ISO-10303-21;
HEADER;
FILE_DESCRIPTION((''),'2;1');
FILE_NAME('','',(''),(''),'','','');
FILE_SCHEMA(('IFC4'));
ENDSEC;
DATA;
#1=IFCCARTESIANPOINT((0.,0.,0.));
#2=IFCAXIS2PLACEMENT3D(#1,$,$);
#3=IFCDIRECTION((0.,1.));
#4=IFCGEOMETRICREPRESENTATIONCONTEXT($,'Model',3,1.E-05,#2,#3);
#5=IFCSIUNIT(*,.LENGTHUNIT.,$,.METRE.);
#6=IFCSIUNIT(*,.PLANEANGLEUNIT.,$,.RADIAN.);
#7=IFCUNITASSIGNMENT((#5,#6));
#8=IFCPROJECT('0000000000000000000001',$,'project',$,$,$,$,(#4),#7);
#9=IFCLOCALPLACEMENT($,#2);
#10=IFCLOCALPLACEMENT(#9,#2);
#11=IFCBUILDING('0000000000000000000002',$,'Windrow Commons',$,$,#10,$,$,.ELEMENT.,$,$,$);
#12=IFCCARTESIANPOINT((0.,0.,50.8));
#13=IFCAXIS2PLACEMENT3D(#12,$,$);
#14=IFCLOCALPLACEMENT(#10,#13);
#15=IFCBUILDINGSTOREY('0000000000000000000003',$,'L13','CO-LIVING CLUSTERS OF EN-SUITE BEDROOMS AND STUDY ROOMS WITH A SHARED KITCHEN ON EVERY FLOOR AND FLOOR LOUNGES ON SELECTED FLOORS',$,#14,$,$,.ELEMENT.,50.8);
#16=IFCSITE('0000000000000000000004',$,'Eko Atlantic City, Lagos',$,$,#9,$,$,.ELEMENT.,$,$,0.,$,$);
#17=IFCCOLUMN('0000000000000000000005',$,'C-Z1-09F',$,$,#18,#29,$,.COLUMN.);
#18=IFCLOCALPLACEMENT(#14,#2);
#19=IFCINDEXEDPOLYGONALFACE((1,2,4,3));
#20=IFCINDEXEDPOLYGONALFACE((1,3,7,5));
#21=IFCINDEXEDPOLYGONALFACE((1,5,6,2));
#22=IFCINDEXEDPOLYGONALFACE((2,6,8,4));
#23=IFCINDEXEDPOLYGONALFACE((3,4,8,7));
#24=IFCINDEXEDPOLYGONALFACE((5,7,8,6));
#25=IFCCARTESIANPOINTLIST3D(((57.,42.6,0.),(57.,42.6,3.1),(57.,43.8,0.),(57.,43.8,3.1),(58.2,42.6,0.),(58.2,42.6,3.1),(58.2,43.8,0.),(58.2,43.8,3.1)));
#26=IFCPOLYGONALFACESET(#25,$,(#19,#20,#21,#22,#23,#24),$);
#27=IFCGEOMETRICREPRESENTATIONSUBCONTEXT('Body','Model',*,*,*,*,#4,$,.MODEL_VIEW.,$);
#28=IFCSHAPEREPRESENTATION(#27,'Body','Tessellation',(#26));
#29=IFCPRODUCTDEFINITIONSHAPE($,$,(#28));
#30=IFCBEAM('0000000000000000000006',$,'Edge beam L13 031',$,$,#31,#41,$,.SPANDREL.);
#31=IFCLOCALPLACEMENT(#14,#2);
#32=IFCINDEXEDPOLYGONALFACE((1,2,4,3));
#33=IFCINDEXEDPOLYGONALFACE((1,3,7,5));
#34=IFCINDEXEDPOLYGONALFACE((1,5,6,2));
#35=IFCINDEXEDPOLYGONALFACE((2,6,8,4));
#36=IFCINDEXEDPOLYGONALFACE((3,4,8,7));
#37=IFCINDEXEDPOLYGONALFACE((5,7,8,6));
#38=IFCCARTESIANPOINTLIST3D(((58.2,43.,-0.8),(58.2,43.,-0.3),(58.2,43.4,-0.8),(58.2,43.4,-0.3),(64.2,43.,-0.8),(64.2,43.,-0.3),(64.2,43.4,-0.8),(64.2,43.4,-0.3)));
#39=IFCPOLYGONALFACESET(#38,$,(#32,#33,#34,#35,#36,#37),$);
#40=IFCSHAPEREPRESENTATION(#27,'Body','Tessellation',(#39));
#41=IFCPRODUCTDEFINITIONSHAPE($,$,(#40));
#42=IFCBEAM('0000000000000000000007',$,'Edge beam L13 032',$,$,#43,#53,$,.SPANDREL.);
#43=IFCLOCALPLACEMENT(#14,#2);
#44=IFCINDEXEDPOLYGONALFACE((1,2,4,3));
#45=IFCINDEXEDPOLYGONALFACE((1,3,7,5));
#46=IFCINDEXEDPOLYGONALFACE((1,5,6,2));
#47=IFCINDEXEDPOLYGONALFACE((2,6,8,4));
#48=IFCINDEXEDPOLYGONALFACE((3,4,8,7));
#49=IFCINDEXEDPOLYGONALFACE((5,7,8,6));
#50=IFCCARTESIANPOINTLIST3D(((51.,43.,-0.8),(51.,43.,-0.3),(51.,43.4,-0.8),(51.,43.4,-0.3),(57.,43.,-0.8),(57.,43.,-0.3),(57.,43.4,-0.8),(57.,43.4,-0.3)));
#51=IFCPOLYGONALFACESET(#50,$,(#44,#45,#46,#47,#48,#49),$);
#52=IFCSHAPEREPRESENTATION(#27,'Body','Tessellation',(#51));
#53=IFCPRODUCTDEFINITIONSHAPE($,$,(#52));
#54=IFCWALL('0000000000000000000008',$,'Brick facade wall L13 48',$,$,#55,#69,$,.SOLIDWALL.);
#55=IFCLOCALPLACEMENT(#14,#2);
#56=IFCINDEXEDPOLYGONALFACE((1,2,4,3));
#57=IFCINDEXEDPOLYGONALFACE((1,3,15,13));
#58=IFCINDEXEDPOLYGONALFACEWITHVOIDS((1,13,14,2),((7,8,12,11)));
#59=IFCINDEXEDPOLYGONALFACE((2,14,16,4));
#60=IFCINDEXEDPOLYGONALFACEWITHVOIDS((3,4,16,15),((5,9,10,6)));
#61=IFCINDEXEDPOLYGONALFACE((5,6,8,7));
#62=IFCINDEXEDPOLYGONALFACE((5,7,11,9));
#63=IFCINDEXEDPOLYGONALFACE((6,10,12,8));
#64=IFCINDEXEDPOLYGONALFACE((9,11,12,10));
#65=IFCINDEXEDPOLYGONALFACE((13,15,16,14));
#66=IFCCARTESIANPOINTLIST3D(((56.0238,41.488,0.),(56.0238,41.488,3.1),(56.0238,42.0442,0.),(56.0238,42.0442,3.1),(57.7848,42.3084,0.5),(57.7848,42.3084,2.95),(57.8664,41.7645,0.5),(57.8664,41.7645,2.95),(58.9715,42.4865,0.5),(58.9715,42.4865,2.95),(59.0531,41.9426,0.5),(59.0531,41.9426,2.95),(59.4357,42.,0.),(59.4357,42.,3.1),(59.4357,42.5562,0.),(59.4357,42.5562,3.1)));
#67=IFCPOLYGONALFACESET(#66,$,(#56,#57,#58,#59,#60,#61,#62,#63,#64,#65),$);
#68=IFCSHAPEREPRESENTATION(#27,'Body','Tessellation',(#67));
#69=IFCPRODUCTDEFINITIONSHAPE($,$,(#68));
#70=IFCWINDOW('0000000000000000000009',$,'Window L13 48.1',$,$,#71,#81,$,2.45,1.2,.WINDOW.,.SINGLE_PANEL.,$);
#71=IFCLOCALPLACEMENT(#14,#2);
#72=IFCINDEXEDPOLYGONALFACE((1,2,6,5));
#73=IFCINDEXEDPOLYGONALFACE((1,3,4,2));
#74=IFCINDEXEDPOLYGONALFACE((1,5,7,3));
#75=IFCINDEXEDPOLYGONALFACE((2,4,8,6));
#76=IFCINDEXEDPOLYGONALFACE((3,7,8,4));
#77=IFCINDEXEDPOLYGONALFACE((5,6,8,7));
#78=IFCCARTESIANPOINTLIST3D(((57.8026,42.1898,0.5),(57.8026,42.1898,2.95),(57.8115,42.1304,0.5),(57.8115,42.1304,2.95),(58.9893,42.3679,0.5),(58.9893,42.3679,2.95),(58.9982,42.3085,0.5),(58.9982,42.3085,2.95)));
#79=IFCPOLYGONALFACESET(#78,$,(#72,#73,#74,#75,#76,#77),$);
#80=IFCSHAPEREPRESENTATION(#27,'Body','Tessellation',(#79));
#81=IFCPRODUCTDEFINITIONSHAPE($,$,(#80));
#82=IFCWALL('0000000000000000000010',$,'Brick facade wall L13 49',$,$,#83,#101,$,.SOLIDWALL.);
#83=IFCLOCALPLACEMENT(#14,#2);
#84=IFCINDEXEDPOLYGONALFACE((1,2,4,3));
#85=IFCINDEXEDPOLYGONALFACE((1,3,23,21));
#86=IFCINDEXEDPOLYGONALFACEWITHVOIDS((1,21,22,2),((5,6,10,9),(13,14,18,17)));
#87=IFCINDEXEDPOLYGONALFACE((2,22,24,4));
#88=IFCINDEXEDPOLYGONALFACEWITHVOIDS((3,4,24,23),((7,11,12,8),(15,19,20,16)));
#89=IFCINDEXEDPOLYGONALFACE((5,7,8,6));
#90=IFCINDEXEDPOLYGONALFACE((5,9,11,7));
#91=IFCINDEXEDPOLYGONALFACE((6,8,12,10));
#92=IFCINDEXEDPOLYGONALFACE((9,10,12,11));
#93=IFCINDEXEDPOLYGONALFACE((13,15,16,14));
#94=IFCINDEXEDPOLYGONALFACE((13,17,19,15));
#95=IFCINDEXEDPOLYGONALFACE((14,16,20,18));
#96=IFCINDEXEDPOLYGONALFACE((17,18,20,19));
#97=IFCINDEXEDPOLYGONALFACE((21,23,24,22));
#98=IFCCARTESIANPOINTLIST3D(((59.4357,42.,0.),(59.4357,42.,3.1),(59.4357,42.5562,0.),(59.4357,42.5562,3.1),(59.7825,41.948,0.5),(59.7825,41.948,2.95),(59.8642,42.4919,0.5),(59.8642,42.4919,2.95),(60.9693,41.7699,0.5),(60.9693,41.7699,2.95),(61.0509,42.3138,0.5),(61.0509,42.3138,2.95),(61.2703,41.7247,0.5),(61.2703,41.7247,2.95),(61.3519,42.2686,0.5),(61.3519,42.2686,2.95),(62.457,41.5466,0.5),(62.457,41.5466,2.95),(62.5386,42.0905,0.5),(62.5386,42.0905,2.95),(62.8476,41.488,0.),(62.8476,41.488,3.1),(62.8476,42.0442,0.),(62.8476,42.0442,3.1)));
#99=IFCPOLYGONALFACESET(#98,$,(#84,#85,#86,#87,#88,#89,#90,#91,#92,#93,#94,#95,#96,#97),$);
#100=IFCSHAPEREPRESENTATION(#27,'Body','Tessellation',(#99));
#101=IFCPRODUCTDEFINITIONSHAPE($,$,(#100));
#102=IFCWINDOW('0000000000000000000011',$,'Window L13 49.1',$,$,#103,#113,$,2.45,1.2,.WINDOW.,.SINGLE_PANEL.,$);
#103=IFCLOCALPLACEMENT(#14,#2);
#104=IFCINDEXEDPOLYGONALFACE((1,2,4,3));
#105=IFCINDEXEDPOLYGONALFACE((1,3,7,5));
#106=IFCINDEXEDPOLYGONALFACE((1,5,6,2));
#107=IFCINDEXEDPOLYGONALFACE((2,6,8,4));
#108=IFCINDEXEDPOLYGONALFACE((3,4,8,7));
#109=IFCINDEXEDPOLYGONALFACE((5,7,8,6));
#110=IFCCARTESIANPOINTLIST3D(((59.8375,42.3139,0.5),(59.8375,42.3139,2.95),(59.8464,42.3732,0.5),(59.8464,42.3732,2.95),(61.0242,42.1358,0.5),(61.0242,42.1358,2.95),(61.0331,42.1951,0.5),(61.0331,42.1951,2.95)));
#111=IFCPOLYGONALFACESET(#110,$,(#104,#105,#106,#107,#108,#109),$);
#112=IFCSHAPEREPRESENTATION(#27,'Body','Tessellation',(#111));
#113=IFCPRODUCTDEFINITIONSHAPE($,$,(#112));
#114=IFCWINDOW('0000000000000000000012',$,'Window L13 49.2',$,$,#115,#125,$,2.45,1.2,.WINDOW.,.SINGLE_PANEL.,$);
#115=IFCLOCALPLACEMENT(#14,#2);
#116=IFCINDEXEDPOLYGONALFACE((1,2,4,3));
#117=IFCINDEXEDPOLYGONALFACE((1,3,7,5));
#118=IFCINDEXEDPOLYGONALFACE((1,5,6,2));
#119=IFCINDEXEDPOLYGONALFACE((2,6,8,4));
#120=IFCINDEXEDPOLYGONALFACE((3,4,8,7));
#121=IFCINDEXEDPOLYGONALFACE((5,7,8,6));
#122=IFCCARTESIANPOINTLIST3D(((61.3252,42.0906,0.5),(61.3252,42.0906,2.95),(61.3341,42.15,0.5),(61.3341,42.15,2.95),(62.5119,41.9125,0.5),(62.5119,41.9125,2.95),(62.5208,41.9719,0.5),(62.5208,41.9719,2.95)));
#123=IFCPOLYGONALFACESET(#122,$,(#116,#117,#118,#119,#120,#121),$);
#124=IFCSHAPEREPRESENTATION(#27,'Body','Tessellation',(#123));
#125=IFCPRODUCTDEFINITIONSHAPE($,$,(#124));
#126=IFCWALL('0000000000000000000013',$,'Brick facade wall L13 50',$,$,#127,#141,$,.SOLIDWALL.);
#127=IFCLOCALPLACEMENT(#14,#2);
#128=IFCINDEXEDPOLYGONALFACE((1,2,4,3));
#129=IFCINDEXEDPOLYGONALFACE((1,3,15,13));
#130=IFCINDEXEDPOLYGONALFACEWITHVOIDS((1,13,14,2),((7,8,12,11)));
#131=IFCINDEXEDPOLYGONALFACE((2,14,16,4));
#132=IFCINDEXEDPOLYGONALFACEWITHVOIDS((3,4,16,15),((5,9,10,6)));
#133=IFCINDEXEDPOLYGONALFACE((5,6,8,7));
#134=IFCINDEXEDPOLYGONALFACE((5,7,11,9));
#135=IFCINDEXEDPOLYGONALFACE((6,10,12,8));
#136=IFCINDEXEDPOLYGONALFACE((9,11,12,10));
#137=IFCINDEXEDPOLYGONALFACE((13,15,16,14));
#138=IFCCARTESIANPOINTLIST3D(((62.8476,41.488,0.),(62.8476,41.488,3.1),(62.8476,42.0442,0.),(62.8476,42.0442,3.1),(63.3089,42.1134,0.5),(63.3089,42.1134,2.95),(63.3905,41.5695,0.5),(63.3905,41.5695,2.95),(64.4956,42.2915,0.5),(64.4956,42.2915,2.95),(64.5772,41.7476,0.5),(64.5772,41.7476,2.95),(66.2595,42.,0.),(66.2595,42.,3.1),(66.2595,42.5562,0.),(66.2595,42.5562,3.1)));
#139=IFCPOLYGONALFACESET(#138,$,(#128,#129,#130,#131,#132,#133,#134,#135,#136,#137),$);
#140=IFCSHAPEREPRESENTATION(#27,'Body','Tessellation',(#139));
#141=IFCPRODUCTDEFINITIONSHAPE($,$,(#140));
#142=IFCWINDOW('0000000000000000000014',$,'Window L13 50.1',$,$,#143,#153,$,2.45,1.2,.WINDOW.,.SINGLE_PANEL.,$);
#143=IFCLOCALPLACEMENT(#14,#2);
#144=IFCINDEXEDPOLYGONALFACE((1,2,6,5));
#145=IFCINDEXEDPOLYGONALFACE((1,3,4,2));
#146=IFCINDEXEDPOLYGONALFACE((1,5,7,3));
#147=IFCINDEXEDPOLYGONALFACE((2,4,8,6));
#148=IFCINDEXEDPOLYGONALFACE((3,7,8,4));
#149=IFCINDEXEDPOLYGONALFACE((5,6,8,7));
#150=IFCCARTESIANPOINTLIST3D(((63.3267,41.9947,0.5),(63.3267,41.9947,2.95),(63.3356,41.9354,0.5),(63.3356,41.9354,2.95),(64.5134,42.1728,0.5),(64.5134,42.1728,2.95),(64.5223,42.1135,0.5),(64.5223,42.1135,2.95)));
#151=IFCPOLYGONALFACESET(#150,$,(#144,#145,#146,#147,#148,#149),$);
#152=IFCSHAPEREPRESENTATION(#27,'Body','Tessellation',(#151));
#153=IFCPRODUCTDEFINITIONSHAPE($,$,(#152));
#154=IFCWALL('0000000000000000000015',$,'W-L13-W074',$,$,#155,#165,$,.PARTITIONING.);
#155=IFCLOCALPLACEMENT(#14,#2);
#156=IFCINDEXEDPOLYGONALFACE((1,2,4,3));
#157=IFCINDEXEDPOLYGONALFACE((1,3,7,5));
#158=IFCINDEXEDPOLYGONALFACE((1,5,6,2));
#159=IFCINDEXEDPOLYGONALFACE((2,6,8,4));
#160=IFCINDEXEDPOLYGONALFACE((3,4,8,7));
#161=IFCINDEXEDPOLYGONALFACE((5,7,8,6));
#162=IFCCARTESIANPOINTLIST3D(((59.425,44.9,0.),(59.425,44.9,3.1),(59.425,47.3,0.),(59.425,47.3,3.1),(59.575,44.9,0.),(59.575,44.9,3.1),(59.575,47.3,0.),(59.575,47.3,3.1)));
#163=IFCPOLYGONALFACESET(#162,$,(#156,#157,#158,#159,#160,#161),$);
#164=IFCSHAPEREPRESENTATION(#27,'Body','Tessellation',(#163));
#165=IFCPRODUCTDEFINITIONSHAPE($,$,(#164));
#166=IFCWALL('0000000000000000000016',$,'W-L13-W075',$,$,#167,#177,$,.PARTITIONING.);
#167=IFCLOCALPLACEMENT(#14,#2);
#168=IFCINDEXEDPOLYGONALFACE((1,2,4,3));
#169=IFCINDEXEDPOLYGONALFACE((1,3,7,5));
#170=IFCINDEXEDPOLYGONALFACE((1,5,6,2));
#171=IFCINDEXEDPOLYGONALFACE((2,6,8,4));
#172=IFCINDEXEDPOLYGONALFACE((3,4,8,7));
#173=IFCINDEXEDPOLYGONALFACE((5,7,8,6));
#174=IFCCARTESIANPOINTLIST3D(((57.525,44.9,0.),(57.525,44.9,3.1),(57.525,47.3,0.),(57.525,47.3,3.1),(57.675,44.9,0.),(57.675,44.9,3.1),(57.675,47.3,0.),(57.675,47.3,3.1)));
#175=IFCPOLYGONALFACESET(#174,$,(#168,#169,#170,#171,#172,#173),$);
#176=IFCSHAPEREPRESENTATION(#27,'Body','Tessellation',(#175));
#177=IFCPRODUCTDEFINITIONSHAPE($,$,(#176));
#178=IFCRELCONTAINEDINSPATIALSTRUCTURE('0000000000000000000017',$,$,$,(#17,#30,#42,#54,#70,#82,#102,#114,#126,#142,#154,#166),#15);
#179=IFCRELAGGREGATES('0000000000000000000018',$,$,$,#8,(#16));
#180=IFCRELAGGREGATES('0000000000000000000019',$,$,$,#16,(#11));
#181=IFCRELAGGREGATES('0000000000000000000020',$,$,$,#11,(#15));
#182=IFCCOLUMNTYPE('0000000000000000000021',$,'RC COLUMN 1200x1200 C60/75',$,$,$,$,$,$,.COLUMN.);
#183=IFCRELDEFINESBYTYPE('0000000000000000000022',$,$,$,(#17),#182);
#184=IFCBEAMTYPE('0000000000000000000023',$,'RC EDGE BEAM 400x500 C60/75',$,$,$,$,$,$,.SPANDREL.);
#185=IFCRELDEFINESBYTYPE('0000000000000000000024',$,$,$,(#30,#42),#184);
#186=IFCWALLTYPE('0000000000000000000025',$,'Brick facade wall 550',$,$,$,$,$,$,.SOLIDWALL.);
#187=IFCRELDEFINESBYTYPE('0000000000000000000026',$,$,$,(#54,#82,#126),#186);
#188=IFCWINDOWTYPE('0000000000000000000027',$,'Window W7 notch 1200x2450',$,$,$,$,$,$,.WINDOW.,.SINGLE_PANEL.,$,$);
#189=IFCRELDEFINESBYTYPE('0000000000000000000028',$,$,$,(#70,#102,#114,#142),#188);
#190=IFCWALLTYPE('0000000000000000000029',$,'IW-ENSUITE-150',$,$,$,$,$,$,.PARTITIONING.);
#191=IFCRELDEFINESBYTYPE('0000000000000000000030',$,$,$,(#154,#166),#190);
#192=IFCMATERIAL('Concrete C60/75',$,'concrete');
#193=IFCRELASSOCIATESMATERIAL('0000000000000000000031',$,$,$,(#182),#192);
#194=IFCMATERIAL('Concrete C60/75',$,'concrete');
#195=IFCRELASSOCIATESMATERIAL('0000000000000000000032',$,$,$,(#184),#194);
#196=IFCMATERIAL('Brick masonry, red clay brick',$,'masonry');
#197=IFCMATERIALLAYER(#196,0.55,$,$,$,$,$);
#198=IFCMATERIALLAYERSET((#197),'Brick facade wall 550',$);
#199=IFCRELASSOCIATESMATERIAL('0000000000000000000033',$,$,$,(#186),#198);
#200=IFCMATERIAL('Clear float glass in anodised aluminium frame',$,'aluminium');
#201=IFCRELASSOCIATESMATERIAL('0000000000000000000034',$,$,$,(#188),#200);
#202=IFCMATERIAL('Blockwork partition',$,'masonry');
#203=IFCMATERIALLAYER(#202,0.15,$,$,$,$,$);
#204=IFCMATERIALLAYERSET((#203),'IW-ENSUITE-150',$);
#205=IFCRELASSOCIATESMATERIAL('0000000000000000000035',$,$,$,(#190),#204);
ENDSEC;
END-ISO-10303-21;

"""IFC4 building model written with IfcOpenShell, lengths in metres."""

from ifc_helpers import new_model, si_unit, direction, frame, frame_2d, origin, origin_2d, place, context, subcontext, project, spatial, polyline, rectangle, outline, extrude, material, layer, layer_set, material_profile, profile_set, type_object, element, fill, save


model = new_model("IFC4")

# Units and contexts
model_context = context("Model", 3, precision=1e-05, world=origin(), true_north=direction((0.0, 1.0)))
body_context = subcontext(model_context, "Body", "Model", "MODEL_VIEW")
ifc_project = project(units=[si_unit("LENGTHUNIT", "METRE"), si_unit("PLANEANGLEUNIT", "RADIAN")], contexts=[model_context])

# Site, building, storey
site_placement = place(None, origin())
site = spatial("IfcSite", under=ifc_project, at=site_placement, Name="Eko Atlantic City, Lagos", CompositionType="ELEMENT", RefElevation=0.0)
building_placement = place(site_placement, origin())
building = spatial("IfcBuilding", under=site, at=building_placement, Name="Windrow Commons", CompositionType="ELEMENT")
storey_placement = place(building_placement, frame((0.0, 0.0, 50.8)))
storey = spatial("IfcBuildingStorey", under=building, at=storey_placement, Name="L13", Description="CO-LIVING CLUSTERS OF EN-SUITE BEDROOMS AND STUDY ROOMS WITH A SHARED KITCHEN ON EVERY FLOOR AND FLOOR LOUNGES ON SELECTED FLOORS", CompositionType="ELEMENT", Elevation=50.8)

# Column
ifc_material_1 = material(Name="Concrete C60/75", Category="concrete")
ifc_material_profile_1 = material_profile(ifc_material_1, rectangle(XDim=1.2, YDim=1.2, at=origin_2d()))
ifc_profile_set_1 = profile_set([ifc_material_profile_1], Name="Concrete C60/75")
column_type = type_object("IfcColumnType", Name="RC COLUMN 1200x1200 C60/75", PredefinedType="COLUMN", material=ifc_profile_set_1)
column_placement = place(storey_placement, frame((57.6, 43.2, 0.0), z_axis=(0.0, 0.0, 1.0), x_axis=(1.0, 0.0, 0.0)))
element("IfcColumn", 1, at=column_placement, inside=storey, type_object=column_type, Name="C-Z1-09F", PredefinedType="COLUMN", context=body_context, shape_type="SweptSolid", body=[
    extrude(rectangle(XDim=1.2, YDim=1.2, at=origin_2d()), origin(), (0.0, 0.0, 1.0), 3.1),
])

# Beams
ifc_material_2 = material(Name="Concrete C60/75", Category="concrete")
ifc_material_profile_2 = material_profile(ifc_material_2, rectangle(XDim=0.4, YDim=0.5, at=origin_2d()))
ifc_profile_set_2 = profile_set([ifc_material_profile_2], Name="Concrete C60/75")
beam_type = type_object("IfcBeamType", Name="RC EDGE BEAM 400x500 C60/75", PredefinedType="SPANDREL", material=ifc_profile_set_2)
for number, where, z_axis, x_axis, name in (
    (2, (64.2, 43.2, -0.55), (-1.0, 0.0, 0.0), (0.0, -1.0, 0.0), "Edge beam L13 031"),
    (3, (57.0, 43.2, -0.55), (-1.0, 0.0, 0.0), (0.0, -1.0, 0.0), "Edge beam L13 032"),
):
    element("IfcBeam", number, at=place(storey_placement, frame(where, z_axis=z_axis, x_axis=x_axis)), inside=storey, type_object=beam_type, Name=name, PredefinedType="SPANDREL", context=body_context, shape_type="SweptSolid", body=[
        extrude(rectangle(XDim=0.4, YDim=0.5, at=origin_2d()), origin(), (0.0, 0.0, 1.0), 6.0),
    ])

# Wall, opening, window
ifc_material_3 = material(Name="Brick masonry, red clay brick", Category="masonry")
ifc_layer_1 = layer(ifc_material_3, 0.55)
ifc_layer_set_1 = layer_set([ifc_layer_1], Name="Brick facade wall 550")
wall_type_1 = type_object("IfcWallType", Name="Brick facade wall 550", PredefinedType="SOLIDWALL", material=ifc_layer_set_1)
wall_1_placement = place(storey_placement, frame((56.0238, 41.7661, 0.0), z_axis=(0.0, 0.0, 1.0), x_axis=(0.988927, 0.148401, 0.0)))
wall_1 = element("IfcWall", 4, at=wall_1_placement, inside=storey, type_object=wall_type_1, Name="Brick facade wall L13 48", PredefinedType="SOLIDWALL", context=body_context, shape_type="SweptSolid", body=[
    extrude(outline(polyline([(-0.0413, -0.275), (3.4088, -0.275), (3.4914, 0.275), (0.0413, 0.275), (-0.0413, -0.275)])), origin(), (0.0, 0.0, 1.0), 3.1),
])
opening_1_placement = place(wall_1_placement, frame((1.822, 0.0, 0.5)))
opening_1 = element("IfcOpeningElement", 5, at=opening_1_placement, cuts=wall_1, PredefinedType="OPENING", context=body_context, shape_type="SweptSolid", body=[
    extrude(rectangle(XDim=1.2, YDim=2.45, at=frame_2d((0.6, 1.225))), frame((0.0, 0.285, 0.0), z_axis=(0.0, -1.0, 0.0), x_axis=(1.0, 0.0, 0.0)), (0.0, 0.0, 1.0), 0.57),
])
ifc_material_4 = material(Name="Clear float glass in anodised aluminium frame", Category="aluminium")
window_type = type_object("IfcWindowType", Name="Window W7 notch 1200x2450", PartitioningType="SINGLE_PANEL", PredefinedType="WINDOW", material=ifc_material_4)
window_1_placement = place(opening_1_placement, origin())
window_1 = element("IfcWindow", 6, at=window_1_placement, inside=storey, type_object=window_type, Name="Window L13 48.1", OverallHeight=2.45, OverallWidth=1.2, PartitioningType="SINGLE_PANEL", PredefinedType="WINDOW", context=body_context, shape_type="SweptSolid", body=[
    extrude(rectangle(XDim=1.2, YDim=2.45, at=frame_2d((0.6, 1.225))), frame((0.0, 0.155, 0.0), z_axis=(0.0, -1.0, 0.0), x_axis=(1.0, 0.0, 0.0)), (0.0, 0.0, 1.0), 0.06),
])
fill(opening_1, window_1)

# Wall, openings, windows
wall_2_placement = place(storey_placement, frame((59.4357, 42.2781, 0.0), z_axis=(0.0, 0.0, 1.0), x_axis=(0.988927, -0.148401, 0.0)))
wall_2 = element("IfcWall", 7, at=wall_2_placement, inside=storey, type_object=wall_type_1, Name="Brick facade wall L13 49", PredefinedType="SOLIDWALL", context=body_context, shape_type="SweptSolid", body=[
    extrude(outline(polyline([(0.0413, -0.275), (3.4914, -0.275), (3.4088, 0.275), (-0.0413, 0.275), (0.0413, -0.275)])), origin(), (0.0, 0.0, 1.0), 3.1),
])
opening_2_placement = place(wall_2_placement, frame((0.392, 0.0, 0.5)))
opening_2 = element("IfcOpeningElement", 8, at=opening_2_placement, cuts=wall_2, PredefinedType="OPENING", context=body_context, shape_type="SweptSolid", body=[
    extrude(rectangle(XDim=1.2, YDim=2.45, at=frame_2d((0.6, 1.225))), frame((0.0, 0.285, 0.0), z_axis=(0.0, -1.0, 0.0), x_axis=(1.0, 0.0, 0.0)), (0.0, 0.0, 1.0), 0.57),
])
opening_3_placement = place(wall_2_placement, frame((1.8964, 0.0, 0.5)))
opening_3 = element("IfcOpeningElement", 9, at=opening_3_placement, cuts=wall_2, PredefinedType="OPENING", context=body_context, shape_type="SweptSolid", body=[
    extrude(rectangle(XDim=1.2, YDim=2.45, at=frame_2d((0.6, 1.225))), frame((0.0, 0.285, 0.0), z_axis=(0.0, -1.0, 0.0), x_axis=(1.0, 0.0, 0.0)), (0.0, 0.0, 1.0), 0.57),
])
window_2_placement = place(opening_2_placement, origin())
window_2 = element("IfcWindow", 10, at=window_2_placement, inside=storey, type_object=window_type, Name="Window L13 49.1", OverallHeight=2.45, OverallWidth=1.2, PartitioningType="SINGLE_PANEL", PredefinedType="WINDOW", context=body_context, shape_type="SweptSolid", body=[
    extrude(rectangle(XDim=1.2, YDim=2.45, at=frame_2d((0.6, 1.225))), frame((0.0, 0.155, 0.0), z_axis=(0.0, -1.0, 0.0), x_axis=(1.0, 0.0, 0.0)), (0.0, 0.0, 1.0), 0.06),
])
fill(opening_2, window_2)
window_3_placement = place(opening_3_placement, origin())
window_3 = element("IfcWindow", 11, at=window_3_placement, inside=storey, type_object=window_type, Name="Window L13 49.2", OverallHeight=2.45, OverallWidth=1.2, PartitioningType="SINGLE_PANEL", PredefinedType="WINDOW", context=body_context, shape_type="SweptSolid", body=[
    extrude(rectangle(XDim=1.2, YDim=2.45, at=frame_2d((0.6, 1.225))), frame((0.0, 0.155, 0.0), z_axis=(0.0, -1.0, 0.0), x_axis=(1.0, 0.0, 0.0)), (0.0, 0.0, 1.0), 0.06),
])
fill(opening_3, window_3)

# Wall, opening, window
wall_3_placement = place(storey_placement, frame((62.8476, 41.7661, 0.0), z_axis=(0.0, 0.0, 1.0), x_axis=(0.988928, 0.148397, 0.0)))
wall_3 = element("IfcWall", 12, at=wall_3_placement, inside=storey, type_object=wall_type_1, Name="Brick facade wall L13 50", PredefinedType="SOLIDWALL", context=body_context, shape_type="SweptSolid", body=[
    extrude(outline(polyline([(-0.0413, -0.275), (3.4088, -0.275), (3.4914, 0.275), (0.0413, 0.275), (-0.0413, -0.275)])), origin(), (0.0, 0.0, 1.0), 3.1),
])
opening_4_placement = place(wall_3_placement, frame((0.5077, 0.0, 0.5)))
opening_4 = element("IfcOpeningElement", 13, at=opening_4_placement, cuts=wall_3, PredefinedType="OPENING", context=body_context, shape_type="SweptSolid", body=[
    extrude(rectangle(XDim=1.2, YDim=2.45, at=frame_2d((0.6, 1.225))), frame((0.0, 0.285, 0.0), z_axis=(0.0, -1.0, 0.0), x_axis=(1.0, 0.0, 0.0)), (0.0, 0.0, 1.0), 0.57),
])
window_4_placement = place(opening_4_placement, origin())
window_4 = element("IfcWindow", 14, at=window_4_placement, inside=storey, type_object=window_type, Name="Window L13 50.1", OverallHeight=2.45, OverallWidth=1.2, PartitioningType="SINGLE_PANEL", PredefinedType="WINDOW", context=body_context, shape_type="SweptSolid", body=[
    extrude(rectangle(XDim=1.2, YDim=2.45, at=frame_2d((0.6, 1.225))), frame((0.0, 0.155, 0.0), z_axis=(0.0, -1.0, 0.0), x_axis=(1.0, 0.0, 0.0)), (0.0, 0.0, 1.0), 0.06),
])
fill(opening_4, window_4)

# Walls
ifc_material_5 = material(Name="Blockwork partition", Category="masonry")
ifc_layer_2 = layer(ifc_material_5, 0.15)
ifc_layer_set_2 = layer_set([ifc_layer_2], Name="IW-ENSUITE-150")
wall_type_2 = type_object("IfcWallType", Name="IW-ENSUITE-150", PredefinedType="PARTITIONING", material=ifc_layer_set_2)
for number, where, z_axis, x_axis, name in (
    (15, (59.5, 44.9, 0.0), (0.0, 0.0, 1.0), (0.0, 1.0, 0.0), "W-L13-W074"),
    (16, (57.6, 44.9, 0.0), (0.0, 0.0, 1.0), (0.0, 1.0, 0.0), "W-L13-W075"),
):
    element("IfcWall", number, at=place(storey_placement, frame(where, z_axis=z_axis, x_axis=x_axis)), inside=storey, type_object=wall_type_2, Name=name, PredefinedType="PARTITIONING", context=body_context, shape_type="SweptSolid", body=[
        extrude(rectangle(XDim=2.4, YDim=0.15, at=frame_2d((1.2, 0.0))), origin(), (0.0, 0.0, 1.0), 3.1),
    ])

save(model, "model.ifc")
